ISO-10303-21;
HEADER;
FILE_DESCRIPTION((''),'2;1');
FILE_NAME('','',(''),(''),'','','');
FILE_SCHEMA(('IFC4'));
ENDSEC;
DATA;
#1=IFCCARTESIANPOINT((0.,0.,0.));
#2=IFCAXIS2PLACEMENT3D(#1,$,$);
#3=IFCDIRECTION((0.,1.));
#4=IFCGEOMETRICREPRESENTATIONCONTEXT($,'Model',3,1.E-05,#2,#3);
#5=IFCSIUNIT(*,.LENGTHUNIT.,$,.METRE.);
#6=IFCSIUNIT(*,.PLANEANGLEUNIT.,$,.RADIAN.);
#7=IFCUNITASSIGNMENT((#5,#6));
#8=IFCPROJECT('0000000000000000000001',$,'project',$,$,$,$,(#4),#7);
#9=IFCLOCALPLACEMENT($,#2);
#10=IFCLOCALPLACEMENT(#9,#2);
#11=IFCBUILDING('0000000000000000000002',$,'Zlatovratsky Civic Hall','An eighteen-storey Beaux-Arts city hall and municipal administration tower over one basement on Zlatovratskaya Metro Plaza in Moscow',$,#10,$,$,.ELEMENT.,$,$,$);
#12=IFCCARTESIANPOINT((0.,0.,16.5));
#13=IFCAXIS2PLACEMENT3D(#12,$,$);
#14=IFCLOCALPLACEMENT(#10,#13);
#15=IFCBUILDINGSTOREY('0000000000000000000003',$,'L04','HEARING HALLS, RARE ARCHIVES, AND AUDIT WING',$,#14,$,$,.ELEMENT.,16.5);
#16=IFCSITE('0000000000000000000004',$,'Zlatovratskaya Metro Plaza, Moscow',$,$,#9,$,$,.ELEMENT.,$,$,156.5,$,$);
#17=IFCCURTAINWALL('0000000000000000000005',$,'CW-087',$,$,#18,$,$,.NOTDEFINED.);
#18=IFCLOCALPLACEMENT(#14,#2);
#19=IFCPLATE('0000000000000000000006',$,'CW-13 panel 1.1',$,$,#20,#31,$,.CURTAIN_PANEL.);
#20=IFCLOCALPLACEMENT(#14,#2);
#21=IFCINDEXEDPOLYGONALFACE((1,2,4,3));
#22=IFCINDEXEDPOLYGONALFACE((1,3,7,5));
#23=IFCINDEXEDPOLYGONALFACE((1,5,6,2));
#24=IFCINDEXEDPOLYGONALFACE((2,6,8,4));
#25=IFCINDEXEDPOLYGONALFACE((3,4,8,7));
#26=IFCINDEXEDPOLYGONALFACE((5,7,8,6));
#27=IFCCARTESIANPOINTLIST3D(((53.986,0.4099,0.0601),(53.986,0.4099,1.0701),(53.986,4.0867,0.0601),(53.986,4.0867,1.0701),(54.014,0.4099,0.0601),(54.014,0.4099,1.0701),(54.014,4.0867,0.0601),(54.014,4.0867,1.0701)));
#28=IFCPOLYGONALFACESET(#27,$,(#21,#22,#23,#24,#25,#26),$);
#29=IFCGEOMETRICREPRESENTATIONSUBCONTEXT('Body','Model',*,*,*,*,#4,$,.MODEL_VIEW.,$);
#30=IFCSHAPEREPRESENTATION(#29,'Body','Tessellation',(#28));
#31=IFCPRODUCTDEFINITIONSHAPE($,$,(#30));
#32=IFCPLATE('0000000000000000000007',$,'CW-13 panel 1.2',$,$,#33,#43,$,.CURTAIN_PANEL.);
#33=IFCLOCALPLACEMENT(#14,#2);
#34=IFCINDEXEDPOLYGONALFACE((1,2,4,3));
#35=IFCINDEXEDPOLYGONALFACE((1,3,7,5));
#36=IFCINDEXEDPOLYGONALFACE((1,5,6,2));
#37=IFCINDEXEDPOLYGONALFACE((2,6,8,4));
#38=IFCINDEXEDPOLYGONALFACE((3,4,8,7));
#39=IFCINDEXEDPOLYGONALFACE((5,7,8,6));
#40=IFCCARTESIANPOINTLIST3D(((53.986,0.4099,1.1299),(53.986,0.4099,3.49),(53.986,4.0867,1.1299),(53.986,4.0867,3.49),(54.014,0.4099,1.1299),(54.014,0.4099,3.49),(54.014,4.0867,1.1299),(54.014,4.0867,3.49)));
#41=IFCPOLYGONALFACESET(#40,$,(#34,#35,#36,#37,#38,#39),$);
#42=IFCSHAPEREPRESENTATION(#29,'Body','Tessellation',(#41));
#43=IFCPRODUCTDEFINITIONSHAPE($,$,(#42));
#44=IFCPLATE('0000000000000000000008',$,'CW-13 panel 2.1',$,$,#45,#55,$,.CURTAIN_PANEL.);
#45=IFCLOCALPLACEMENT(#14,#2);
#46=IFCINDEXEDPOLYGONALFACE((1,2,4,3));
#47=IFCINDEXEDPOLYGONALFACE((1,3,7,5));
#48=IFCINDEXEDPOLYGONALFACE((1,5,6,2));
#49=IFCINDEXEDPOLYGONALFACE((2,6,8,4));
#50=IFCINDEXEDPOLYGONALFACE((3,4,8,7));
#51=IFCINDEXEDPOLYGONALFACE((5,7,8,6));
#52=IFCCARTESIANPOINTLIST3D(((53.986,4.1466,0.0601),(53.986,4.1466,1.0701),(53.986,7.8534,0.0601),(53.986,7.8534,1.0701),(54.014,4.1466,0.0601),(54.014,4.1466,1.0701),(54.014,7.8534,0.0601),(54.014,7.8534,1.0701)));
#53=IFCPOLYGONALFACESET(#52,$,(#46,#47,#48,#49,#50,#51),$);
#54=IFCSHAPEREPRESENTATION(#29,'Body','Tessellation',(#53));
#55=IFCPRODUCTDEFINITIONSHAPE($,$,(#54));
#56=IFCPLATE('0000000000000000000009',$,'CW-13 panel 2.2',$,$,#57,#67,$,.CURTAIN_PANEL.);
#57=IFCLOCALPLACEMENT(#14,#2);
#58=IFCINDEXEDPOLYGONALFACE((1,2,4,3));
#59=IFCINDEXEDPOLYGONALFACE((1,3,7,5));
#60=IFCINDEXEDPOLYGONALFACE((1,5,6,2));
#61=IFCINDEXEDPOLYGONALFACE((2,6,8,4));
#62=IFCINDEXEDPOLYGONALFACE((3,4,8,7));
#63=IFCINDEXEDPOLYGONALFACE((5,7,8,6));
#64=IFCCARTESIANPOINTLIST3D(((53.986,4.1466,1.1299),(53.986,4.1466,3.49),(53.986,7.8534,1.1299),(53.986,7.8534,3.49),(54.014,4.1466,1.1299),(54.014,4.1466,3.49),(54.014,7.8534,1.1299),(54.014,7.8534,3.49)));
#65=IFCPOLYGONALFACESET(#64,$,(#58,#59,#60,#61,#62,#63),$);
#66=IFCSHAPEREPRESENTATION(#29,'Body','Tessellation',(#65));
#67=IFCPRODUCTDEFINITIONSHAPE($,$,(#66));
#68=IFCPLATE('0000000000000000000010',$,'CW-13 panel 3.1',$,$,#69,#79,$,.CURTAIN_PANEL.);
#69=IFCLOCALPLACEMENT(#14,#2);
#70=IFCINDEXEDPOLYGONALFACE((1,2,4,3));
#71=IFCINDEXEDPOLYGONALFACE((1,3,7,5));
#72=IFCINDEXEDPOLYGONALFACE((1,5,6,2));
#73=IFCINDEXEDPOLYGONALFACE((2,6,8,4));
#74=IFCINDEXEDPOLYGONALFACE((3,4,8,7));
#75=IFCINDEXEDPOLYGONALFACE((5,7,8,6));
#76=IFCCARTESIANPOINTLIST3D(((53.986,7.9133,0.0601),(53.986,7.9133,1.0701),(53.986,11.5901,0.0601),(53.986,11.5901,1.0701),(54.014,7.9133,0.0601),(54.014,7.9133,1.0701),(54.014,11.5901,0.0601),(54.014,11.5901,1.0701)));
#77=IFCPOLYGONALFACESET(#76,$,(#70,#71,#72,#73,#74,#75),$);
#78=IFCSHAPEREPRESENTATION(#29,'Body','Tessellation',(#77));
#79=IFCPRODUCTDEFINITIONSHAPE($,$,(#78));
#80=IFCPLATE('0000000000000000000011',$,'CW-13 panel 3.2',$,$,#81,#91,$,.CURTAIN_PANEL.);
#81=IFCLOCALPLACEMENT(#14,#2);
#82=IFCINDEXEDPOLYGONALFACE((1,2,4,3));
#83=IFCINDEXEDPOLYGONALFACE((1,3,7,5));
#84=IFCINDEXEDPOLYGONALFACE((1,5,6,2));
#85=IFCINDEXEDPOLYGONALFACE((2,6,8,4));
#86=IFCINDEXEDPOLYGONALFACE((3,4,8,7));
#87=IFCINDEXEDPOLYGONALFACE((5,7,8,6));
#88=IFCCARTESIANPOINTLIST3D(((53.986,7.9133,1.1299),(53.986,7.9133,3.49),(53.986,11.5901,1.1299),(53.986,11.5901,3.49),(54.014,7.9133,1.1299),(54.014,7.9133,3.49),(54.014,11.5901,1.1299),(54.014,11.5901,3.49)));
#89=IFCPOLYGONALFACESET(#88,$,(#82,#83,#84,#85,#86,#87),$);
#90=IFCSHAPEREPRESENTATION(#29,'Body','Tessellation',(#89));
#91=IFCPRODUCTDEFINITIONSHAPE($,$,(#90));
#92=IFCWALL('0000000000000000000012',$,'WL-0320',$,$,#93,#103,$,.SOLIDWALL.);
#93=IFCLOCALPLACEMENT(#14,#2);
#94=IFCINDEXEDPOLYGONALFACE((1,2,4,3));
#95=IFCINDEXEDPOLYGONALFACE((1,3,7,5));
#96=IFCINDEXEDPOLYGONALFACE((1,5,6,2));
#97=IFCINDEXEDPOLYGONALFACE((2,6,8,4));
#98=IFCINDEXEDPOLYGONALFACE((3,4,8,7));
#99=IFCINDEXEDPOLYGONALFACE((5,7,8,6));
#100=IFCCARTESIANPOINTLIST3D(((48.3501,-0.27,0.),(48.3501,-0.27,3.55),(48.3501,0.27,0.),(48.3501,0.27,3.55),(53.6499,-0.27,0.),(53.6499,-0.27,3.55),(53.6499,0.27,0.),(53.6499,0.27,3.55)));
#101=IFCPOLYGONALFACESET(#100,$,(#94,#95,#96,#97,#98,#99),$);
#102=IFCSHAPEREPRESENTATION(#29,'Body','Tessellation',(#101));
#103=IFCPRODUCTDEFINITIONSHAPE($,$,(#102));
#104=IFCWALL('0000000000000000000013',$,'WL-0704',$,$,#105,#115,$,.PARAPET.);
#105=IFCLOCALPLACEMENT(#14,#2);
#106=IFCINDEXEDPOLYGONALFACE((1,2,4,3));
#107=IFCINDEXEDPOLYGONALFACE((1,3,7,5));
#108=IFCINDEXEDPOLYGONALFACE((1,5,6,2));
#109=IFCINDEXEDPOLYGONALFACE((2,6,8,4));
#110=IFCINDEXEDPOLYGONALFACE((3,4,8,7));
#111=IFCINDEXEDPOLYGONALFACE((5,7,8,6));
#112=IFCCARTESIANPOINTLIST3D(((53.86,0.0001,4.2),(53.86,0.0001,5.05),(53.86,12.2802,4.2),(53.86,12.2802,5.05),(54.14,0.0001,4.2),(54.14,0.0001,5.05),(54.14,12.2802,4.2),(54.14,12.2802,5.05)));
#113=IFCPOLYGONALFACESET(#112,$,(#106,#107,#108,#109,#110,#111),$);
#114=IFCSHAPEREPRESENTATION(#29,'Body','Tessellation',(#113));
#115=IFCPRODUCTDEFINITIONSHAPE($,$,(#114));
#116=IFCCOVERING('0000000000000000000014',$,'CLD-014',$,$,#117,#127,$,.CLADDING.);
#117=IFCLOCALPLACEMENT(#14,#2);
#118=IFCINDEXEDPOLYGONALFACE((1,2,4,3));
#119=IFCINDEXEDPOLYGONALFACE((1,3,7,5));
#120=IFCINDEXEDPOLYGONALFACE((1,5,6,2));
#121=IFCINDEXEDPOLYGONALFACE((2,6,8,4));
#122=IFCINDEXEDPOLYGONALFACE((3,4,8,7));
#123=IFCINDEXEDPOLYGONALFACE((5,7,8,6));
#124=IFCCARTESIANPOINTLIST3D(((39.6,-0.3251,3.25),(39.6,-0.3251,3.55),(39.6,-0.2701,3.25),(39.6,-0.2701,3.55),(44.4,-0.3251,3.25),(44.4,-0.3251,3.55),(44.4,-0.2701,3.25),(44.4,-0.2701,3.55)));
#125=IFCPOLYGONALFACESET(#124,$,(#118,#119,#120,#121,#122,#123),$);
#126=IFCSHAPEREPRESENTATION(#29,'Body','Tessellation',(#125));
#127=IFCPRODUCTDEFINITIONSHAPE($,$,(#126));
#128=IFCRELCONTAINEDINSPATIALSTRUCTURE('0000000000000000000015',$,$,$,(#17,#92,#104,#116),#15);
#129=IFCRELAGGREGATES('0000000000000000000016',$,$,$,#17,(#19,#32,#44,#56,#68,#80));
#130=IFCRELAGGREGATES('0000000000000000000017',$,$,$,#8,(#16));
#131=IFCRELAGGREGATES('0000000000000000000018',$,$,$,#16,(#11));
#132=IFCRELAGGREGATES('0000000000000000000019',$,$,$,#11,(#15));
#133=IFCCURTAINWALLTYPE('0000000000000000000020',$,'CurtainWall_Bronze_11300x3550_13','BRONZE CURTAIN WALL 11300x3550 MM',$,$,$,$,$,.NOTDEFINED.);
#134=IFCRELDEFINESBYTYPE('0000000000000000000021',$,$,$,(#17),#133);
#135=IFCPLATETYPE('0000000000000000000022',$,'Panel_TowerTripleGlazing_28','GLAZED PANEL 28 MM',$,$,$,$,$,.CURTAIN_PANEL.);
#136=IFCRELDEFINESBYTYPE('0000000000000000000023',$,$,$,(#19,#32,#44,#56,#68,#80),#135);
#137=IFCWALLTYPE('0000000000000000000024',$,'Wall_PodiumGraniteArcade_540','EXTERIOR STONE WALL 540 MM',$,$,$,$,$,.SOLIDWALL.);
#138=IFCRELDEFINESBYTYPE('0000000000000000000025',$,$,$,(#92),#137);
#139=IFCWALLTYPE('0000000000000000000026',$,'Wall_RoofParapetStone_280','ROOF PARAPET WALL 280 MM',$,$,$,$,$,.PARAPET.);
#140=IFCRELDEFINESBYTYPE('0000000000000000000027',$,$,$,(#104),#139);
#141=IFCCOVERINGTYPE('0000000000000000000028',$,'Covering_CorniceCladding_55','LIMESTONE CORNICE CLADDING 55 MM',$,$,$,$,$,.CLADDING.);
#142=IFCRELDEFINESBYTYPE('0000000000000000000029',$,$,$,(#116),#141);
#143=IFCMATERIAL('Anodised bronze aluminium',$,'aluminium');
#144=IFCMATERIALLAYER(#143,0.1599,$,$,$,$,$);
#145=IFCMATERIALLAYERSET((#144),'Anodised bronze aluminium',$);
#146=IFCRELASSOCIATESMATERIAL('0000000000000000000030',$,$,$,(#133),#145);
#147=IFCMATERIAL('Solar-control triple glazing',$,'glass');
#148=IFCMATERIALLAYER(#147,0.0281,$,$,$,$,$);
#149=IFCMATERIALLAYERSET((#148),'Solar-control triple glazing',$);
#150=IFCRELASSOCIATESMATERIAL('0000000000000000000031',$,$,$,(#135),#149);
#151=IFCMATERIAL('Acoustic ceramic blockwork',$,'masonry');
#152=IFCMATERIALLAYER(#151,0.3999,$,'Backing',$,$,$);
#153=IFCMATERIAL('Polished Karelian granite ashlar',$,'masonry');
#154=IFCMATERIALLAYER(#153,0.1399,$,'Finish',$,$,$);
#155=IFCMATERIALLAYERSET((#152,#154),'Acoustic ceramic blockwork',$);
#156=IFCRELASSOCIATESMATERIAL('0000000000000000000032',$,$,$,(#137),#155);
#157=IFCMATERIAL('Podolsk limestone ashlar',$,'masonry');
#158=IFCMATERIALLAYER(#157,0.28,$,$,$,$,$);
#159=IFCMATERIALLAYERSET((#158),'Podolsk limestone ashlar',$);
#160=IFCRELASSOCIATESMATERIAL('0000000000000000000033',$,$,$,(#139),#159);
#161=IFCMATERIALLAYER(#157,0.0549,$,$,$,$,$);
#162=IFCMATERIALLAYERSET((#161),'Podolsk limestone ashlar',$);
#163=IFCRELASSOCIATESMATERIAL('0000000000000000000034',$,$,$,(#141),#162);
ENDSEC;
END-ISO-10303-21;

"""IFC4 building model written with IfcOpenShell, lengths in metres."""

from ifc_helpers import new_model, si_unit, direction, frame, frame_2d, origin, origin_2d, place, context, subcontext, project, spatial, rectangle, extrude, material, layer, layer_set, type_object, element, aggregate, save


model = new_model("IFC4")

# Units and contexts
model_context = context("Model", 3, precision=1e-05, world=origin(), true_north=direction((0.0, 1.0)))
body_context = subcontext(model_context, "Body", "Model", "MODEL_VIEW")
ifc_project = project(units=[si_unit("LENGTHUNIT", "METRE"), si_unit("PLANEANGLEUNIT", "RADIAN")], contexts=[model_context])

# Site, building, storey
site_placement = place(None, origin())
site = spatial("IfcSite", under=ifc_project, at=site_placement, Name="Zlatovratskaya Metro Plaza, Moscow", CompositionType="ELEMENT", RefElevation=156.5)
building_placement = place(site_placement, origin())
building = spatial("IfcBuilding", under=site, at=building_placement, Name="Zlatovratsky Civic Hall", Description="An eighteen-storey Beaux-Arts city hall and municipal administration tower over one basement on Zlatovratskaya Metro Plaza in Moscow", CompositionType="ELEMENT")
storey_placement = place(building_placement, frame((0.0, 0.0, 16.5)))
storey = spatial("IfcBuildingStorey", under=building, at=storey_placement, Name="L04", Description="HEARING HALLS, RARE ARCHIVES, AND AUDIT WING", CompositionType="ELEMENT", Elevation=16.5)

# Curtain wall
ifc_material_1 = material(Name="Anodised bronze aluminium", Category="aluminium")
ifc_layer_1 = layer(ifc_material_1, 0.1599)
ifc_layer_set_1 = layer_set([ifc_layer_1], Name="Anodised bronze aluminium")
curtain_wall_type = type_object("IfcCurtainWallType", Name="CurtainWall_Bronze_11300x3550_13", Description="BRONZE CURTAIN WALL 11300x3550 MM", PredefinedType="NOTDEFINED", material=ifc_layer_set_1)
curtain_wall_placement = place(storey_placement, origin())
curtain_wall = element("IfcCurtainWall", 1, at=curtain_wall_placement, inside=storey, type_object=curtain_wall_type, Name="CW-087", PredefinedType="NOTDEFINED")

# Plates
ifc_material_2 = material(Name="Solar-control triple glazing", Category="glass")
ifc_layer_2 = layer(ifc_material_2, 0.0281)
ifc_layer_set_2 = layer_set([ifc_layer_2], Name="Solar-control triple glazing")
plate_type = type_object("IfcPlateType", Name="Panel_TowerTripleGlazing_28", Description="GLAZED PANEL 28 MM", PredefinedType="CURTAIN_PANEL", material=ifc_layer_set_2)
plate_1_placement = place(storey_placement, frame((54.0, 2.2483, 0.0601), z_axis=(0.0, 0.0, 1.0), x_axis=(0.0, 1.0, 0.0)))
plate_1 = element("IfcPlate", 2, at=plate_1_placement, type_object=plate_type, Name="CW-13 panel 1.1", PredefinedType="CURTAIN_PANEL", context=body_context, shape_type="SweptSolid", body=[
    extrude(rectangle(XDim=3.6768, YDim=0.0281, at=origin_2d()), origin(), (0.0, 0.0, 1.0), 1.01),
])
plate_2_placement = place(storey_placement, frame((54.0, 2.2483, 1.1299), z_axis=(0.0, 0.0, 1.0), x_axis=(0.0, 1.0, 0.0)))
plate_2 = element("IfcPlate", 3, at=plate_2_placement, type_object=plate_type, Name="CW-13 panel 1.2", PredefinedType="CURTAIN_PANEL", context=body_context, shape_type="SweptSolid", body=[
    extrude(rectangle(XDim=3.6768, YDim=0.0281, at=origin_2d()), origin(), (0.0, 0.0, 1.0), 2.3601),
])
plate_3_placement = place(storey_placement, frame((54.0, 6.0, 0.0601), z_axis=(0.0, 0.0, 1.0), x_axis=(0.0, 1.0, 0.0)))
plate_3 = element("IfcPlate", 4, at=plate_3_placement, type_object=plate_type, Name="CW-13 panel 2.1", PredefinedType="CURTAIN_PANEL", context=body_context, shape_type="SweptSolid", body=[
    extrude(rectangle(XDim=3.7068, YDim=0.0281, at=origin_2d()), origin(), (0.0, 0.0, 1.0), 1.01),
])
plate_4_placement = place(storey_placement, frame((54.0, 6.0, 1.1299), z_axis=(0.0, 0.0, 1.0), x_axis=(0.0, 1.0, 0.0)))
plate_4 = element("IfcPlate", 5, at=plate_4_placement, type_object=plate_type, Name="CW-13 panel 2.2", PredefinedType="CURTAIN_PANEL", context=body_context, shape_type="SweptSolid", body=[
    extrude(rectangle(XDim=3.7068, YDim=0.0281, at=origin_2d()), origin(), (0.0, 0.0, 1.0), 2.3601),
])
plate_5_placement = place(storey_placement, frame((54.0, 9.7517, 0.0601), z_axis=(0.0, 0.0, 1.0), x_axis=(0.0, 1.0, 0.0)))
plate_5 = element("IfcPlate", 6, at=plate_5_placement, type_object=plate_type, Name="CW-13 panel 3.1", PredefinedType="CURTAIN_PANEL", context=body_context, shape_type="SweptSolid", body=[
    extrude(rectangle(XDim=3.6768, YDim=0.0281, at=origin_2d()), origin(), (0.0, 0.0, 1.0), 1.01),
])
plate_6_placement = place(storey_placement, frame((54.0, 9.7517, 1.1299), z_axis=(0.0, 0.0, 1.0), x_axis=(0.0, 1.0, 0.0)))
plate_6 = element("IfcPlate", 7, at=plate_6_placement, type_object=plate_type, Name="CW-13 panel 3.2", PredefinedType="CURTAIN_PANEL", context=body_context, shape_type="SweptSolid", body=[
    extrude(rectangle(XDim=3.6768, YDim=0.0281, at=origin_2d()), origin(), (0.0, 0.0, 1.0), 2.3601),
])
aggregate(curtain_wall, [plate_1, plate_2, plate_3, plate_4, plate_5, plate_6])

# Walls
ifc_material_3 = material(Name="Acoustic ceramic blockwork", Category="masonry")
ifc_layer_3 = layer(ifc_material_3, 0.3999, Name="Backing")
ifc_material_4 = material(Name="Polished Karelian granite ashlar", Category="masonry")
ifc_layer_4 = layer(ifc_material_4, 0.1399, Name="Finish")
ifc_layer_set_3 = layer_set([ifc_layer_3, ifc_layer_4], Name="Acoustic ceramic blockwork")
wall_type_1 = type_object("IfcWallType", Name="Wall_PodiumGraniteArcade_540", Description="EXTERIOR STONE WALL 540 MM", PredefinedType="SOLIDWALL", material=ifc_layer_set_3)
wall_1_placement = place(storey_placement, frame((48.3501, 0.0, 0.0), z_axis=(0.0, 0.0, 1.0), x_axis=(1.0, 0.0, 0.0)))
element("IfcWall", 8, at=wall_1_placement, inside=storey, type_object=wall_type_1, Name="WL-0320", PredefinedType="SOLIDWALL", context=body_context, shape_type="SweptSolid", body=[
    extrude(rectangle(XDim=5.2998, YDim=0.54, at=frame_2d((2.6499, 0.0))), origin(), (0.0, 0.0, 1.0), 3.55),
])
ifc_material_5 = material(Name="Podolsk limestone ashlar", Category="masonry")
ifc_layer_5 = layer(ifc_material_5, 0.28)
ifc_layer_set_4 = layer_set([ifc_layer_5], Name="Podolsk limestone ashlar")
wall_type_2 = type_object("IfcWallType", Name="Wall_RoofParapetStone_280", Description="ROOF PARAPET WALL 280 MM", PredefinedType="PARAPET", material=ifc_layer_set_4)
wall_2_placement = place(storey_placement, frame((54.0, 0.0, 4.2), z_axis=(0.0, 0.0, 1.0), x_axis=(0.0, 1.0, 0.0)))
element("IfcWall", 9, at=wall_2_placement, inside=storey, type_object=wall_type_2, Name="WL-0704", PredefinedType="PARAPET", context=body_context, shape_type="SweptSolid", body=[
    extrude(rectangle(XDim=12.28, YDim=0.28, at=frame_2d((6.1401, 0.0))), origin(), (0.0, 0.0, 1.0), 0.8501),
])

# Covering
ifc_layer_6 = layer(ifc_material_5, 0.0549)
ifc_layer_set_5 = layer_set([ifc_layer_6], Name="Podolsk limestone ashlar")
covering_type = type_object("IfcCoveringType", Name="Covering_CorniceCladding_55", Description="LIMESTONE CORNICE CLADDING 55 MM", PredefinedType="CLADDING", material=ifc_layer_set_5)
covering_placement = place(storey_placement, frame((42.0, -0.2976, 3.25), z_axis=(0.0, 0.0, 1.0), x_axis=(1.0, 0.0, 0.0)))
element("IfcCovering", 10, at=covering_placement, inside=storey, type_object=covering_type, Name="CLD-014", PredefinedType="CLADDING", context=body_context, shape_type="SweptSolid", body=[
    extrude(rectangle(XDim=4.8, YDim=0.0549, at=origin_2d()), origin(), (0.0, 0.0, 1.0), 0.3),
])

save(model, "model.ifc")
